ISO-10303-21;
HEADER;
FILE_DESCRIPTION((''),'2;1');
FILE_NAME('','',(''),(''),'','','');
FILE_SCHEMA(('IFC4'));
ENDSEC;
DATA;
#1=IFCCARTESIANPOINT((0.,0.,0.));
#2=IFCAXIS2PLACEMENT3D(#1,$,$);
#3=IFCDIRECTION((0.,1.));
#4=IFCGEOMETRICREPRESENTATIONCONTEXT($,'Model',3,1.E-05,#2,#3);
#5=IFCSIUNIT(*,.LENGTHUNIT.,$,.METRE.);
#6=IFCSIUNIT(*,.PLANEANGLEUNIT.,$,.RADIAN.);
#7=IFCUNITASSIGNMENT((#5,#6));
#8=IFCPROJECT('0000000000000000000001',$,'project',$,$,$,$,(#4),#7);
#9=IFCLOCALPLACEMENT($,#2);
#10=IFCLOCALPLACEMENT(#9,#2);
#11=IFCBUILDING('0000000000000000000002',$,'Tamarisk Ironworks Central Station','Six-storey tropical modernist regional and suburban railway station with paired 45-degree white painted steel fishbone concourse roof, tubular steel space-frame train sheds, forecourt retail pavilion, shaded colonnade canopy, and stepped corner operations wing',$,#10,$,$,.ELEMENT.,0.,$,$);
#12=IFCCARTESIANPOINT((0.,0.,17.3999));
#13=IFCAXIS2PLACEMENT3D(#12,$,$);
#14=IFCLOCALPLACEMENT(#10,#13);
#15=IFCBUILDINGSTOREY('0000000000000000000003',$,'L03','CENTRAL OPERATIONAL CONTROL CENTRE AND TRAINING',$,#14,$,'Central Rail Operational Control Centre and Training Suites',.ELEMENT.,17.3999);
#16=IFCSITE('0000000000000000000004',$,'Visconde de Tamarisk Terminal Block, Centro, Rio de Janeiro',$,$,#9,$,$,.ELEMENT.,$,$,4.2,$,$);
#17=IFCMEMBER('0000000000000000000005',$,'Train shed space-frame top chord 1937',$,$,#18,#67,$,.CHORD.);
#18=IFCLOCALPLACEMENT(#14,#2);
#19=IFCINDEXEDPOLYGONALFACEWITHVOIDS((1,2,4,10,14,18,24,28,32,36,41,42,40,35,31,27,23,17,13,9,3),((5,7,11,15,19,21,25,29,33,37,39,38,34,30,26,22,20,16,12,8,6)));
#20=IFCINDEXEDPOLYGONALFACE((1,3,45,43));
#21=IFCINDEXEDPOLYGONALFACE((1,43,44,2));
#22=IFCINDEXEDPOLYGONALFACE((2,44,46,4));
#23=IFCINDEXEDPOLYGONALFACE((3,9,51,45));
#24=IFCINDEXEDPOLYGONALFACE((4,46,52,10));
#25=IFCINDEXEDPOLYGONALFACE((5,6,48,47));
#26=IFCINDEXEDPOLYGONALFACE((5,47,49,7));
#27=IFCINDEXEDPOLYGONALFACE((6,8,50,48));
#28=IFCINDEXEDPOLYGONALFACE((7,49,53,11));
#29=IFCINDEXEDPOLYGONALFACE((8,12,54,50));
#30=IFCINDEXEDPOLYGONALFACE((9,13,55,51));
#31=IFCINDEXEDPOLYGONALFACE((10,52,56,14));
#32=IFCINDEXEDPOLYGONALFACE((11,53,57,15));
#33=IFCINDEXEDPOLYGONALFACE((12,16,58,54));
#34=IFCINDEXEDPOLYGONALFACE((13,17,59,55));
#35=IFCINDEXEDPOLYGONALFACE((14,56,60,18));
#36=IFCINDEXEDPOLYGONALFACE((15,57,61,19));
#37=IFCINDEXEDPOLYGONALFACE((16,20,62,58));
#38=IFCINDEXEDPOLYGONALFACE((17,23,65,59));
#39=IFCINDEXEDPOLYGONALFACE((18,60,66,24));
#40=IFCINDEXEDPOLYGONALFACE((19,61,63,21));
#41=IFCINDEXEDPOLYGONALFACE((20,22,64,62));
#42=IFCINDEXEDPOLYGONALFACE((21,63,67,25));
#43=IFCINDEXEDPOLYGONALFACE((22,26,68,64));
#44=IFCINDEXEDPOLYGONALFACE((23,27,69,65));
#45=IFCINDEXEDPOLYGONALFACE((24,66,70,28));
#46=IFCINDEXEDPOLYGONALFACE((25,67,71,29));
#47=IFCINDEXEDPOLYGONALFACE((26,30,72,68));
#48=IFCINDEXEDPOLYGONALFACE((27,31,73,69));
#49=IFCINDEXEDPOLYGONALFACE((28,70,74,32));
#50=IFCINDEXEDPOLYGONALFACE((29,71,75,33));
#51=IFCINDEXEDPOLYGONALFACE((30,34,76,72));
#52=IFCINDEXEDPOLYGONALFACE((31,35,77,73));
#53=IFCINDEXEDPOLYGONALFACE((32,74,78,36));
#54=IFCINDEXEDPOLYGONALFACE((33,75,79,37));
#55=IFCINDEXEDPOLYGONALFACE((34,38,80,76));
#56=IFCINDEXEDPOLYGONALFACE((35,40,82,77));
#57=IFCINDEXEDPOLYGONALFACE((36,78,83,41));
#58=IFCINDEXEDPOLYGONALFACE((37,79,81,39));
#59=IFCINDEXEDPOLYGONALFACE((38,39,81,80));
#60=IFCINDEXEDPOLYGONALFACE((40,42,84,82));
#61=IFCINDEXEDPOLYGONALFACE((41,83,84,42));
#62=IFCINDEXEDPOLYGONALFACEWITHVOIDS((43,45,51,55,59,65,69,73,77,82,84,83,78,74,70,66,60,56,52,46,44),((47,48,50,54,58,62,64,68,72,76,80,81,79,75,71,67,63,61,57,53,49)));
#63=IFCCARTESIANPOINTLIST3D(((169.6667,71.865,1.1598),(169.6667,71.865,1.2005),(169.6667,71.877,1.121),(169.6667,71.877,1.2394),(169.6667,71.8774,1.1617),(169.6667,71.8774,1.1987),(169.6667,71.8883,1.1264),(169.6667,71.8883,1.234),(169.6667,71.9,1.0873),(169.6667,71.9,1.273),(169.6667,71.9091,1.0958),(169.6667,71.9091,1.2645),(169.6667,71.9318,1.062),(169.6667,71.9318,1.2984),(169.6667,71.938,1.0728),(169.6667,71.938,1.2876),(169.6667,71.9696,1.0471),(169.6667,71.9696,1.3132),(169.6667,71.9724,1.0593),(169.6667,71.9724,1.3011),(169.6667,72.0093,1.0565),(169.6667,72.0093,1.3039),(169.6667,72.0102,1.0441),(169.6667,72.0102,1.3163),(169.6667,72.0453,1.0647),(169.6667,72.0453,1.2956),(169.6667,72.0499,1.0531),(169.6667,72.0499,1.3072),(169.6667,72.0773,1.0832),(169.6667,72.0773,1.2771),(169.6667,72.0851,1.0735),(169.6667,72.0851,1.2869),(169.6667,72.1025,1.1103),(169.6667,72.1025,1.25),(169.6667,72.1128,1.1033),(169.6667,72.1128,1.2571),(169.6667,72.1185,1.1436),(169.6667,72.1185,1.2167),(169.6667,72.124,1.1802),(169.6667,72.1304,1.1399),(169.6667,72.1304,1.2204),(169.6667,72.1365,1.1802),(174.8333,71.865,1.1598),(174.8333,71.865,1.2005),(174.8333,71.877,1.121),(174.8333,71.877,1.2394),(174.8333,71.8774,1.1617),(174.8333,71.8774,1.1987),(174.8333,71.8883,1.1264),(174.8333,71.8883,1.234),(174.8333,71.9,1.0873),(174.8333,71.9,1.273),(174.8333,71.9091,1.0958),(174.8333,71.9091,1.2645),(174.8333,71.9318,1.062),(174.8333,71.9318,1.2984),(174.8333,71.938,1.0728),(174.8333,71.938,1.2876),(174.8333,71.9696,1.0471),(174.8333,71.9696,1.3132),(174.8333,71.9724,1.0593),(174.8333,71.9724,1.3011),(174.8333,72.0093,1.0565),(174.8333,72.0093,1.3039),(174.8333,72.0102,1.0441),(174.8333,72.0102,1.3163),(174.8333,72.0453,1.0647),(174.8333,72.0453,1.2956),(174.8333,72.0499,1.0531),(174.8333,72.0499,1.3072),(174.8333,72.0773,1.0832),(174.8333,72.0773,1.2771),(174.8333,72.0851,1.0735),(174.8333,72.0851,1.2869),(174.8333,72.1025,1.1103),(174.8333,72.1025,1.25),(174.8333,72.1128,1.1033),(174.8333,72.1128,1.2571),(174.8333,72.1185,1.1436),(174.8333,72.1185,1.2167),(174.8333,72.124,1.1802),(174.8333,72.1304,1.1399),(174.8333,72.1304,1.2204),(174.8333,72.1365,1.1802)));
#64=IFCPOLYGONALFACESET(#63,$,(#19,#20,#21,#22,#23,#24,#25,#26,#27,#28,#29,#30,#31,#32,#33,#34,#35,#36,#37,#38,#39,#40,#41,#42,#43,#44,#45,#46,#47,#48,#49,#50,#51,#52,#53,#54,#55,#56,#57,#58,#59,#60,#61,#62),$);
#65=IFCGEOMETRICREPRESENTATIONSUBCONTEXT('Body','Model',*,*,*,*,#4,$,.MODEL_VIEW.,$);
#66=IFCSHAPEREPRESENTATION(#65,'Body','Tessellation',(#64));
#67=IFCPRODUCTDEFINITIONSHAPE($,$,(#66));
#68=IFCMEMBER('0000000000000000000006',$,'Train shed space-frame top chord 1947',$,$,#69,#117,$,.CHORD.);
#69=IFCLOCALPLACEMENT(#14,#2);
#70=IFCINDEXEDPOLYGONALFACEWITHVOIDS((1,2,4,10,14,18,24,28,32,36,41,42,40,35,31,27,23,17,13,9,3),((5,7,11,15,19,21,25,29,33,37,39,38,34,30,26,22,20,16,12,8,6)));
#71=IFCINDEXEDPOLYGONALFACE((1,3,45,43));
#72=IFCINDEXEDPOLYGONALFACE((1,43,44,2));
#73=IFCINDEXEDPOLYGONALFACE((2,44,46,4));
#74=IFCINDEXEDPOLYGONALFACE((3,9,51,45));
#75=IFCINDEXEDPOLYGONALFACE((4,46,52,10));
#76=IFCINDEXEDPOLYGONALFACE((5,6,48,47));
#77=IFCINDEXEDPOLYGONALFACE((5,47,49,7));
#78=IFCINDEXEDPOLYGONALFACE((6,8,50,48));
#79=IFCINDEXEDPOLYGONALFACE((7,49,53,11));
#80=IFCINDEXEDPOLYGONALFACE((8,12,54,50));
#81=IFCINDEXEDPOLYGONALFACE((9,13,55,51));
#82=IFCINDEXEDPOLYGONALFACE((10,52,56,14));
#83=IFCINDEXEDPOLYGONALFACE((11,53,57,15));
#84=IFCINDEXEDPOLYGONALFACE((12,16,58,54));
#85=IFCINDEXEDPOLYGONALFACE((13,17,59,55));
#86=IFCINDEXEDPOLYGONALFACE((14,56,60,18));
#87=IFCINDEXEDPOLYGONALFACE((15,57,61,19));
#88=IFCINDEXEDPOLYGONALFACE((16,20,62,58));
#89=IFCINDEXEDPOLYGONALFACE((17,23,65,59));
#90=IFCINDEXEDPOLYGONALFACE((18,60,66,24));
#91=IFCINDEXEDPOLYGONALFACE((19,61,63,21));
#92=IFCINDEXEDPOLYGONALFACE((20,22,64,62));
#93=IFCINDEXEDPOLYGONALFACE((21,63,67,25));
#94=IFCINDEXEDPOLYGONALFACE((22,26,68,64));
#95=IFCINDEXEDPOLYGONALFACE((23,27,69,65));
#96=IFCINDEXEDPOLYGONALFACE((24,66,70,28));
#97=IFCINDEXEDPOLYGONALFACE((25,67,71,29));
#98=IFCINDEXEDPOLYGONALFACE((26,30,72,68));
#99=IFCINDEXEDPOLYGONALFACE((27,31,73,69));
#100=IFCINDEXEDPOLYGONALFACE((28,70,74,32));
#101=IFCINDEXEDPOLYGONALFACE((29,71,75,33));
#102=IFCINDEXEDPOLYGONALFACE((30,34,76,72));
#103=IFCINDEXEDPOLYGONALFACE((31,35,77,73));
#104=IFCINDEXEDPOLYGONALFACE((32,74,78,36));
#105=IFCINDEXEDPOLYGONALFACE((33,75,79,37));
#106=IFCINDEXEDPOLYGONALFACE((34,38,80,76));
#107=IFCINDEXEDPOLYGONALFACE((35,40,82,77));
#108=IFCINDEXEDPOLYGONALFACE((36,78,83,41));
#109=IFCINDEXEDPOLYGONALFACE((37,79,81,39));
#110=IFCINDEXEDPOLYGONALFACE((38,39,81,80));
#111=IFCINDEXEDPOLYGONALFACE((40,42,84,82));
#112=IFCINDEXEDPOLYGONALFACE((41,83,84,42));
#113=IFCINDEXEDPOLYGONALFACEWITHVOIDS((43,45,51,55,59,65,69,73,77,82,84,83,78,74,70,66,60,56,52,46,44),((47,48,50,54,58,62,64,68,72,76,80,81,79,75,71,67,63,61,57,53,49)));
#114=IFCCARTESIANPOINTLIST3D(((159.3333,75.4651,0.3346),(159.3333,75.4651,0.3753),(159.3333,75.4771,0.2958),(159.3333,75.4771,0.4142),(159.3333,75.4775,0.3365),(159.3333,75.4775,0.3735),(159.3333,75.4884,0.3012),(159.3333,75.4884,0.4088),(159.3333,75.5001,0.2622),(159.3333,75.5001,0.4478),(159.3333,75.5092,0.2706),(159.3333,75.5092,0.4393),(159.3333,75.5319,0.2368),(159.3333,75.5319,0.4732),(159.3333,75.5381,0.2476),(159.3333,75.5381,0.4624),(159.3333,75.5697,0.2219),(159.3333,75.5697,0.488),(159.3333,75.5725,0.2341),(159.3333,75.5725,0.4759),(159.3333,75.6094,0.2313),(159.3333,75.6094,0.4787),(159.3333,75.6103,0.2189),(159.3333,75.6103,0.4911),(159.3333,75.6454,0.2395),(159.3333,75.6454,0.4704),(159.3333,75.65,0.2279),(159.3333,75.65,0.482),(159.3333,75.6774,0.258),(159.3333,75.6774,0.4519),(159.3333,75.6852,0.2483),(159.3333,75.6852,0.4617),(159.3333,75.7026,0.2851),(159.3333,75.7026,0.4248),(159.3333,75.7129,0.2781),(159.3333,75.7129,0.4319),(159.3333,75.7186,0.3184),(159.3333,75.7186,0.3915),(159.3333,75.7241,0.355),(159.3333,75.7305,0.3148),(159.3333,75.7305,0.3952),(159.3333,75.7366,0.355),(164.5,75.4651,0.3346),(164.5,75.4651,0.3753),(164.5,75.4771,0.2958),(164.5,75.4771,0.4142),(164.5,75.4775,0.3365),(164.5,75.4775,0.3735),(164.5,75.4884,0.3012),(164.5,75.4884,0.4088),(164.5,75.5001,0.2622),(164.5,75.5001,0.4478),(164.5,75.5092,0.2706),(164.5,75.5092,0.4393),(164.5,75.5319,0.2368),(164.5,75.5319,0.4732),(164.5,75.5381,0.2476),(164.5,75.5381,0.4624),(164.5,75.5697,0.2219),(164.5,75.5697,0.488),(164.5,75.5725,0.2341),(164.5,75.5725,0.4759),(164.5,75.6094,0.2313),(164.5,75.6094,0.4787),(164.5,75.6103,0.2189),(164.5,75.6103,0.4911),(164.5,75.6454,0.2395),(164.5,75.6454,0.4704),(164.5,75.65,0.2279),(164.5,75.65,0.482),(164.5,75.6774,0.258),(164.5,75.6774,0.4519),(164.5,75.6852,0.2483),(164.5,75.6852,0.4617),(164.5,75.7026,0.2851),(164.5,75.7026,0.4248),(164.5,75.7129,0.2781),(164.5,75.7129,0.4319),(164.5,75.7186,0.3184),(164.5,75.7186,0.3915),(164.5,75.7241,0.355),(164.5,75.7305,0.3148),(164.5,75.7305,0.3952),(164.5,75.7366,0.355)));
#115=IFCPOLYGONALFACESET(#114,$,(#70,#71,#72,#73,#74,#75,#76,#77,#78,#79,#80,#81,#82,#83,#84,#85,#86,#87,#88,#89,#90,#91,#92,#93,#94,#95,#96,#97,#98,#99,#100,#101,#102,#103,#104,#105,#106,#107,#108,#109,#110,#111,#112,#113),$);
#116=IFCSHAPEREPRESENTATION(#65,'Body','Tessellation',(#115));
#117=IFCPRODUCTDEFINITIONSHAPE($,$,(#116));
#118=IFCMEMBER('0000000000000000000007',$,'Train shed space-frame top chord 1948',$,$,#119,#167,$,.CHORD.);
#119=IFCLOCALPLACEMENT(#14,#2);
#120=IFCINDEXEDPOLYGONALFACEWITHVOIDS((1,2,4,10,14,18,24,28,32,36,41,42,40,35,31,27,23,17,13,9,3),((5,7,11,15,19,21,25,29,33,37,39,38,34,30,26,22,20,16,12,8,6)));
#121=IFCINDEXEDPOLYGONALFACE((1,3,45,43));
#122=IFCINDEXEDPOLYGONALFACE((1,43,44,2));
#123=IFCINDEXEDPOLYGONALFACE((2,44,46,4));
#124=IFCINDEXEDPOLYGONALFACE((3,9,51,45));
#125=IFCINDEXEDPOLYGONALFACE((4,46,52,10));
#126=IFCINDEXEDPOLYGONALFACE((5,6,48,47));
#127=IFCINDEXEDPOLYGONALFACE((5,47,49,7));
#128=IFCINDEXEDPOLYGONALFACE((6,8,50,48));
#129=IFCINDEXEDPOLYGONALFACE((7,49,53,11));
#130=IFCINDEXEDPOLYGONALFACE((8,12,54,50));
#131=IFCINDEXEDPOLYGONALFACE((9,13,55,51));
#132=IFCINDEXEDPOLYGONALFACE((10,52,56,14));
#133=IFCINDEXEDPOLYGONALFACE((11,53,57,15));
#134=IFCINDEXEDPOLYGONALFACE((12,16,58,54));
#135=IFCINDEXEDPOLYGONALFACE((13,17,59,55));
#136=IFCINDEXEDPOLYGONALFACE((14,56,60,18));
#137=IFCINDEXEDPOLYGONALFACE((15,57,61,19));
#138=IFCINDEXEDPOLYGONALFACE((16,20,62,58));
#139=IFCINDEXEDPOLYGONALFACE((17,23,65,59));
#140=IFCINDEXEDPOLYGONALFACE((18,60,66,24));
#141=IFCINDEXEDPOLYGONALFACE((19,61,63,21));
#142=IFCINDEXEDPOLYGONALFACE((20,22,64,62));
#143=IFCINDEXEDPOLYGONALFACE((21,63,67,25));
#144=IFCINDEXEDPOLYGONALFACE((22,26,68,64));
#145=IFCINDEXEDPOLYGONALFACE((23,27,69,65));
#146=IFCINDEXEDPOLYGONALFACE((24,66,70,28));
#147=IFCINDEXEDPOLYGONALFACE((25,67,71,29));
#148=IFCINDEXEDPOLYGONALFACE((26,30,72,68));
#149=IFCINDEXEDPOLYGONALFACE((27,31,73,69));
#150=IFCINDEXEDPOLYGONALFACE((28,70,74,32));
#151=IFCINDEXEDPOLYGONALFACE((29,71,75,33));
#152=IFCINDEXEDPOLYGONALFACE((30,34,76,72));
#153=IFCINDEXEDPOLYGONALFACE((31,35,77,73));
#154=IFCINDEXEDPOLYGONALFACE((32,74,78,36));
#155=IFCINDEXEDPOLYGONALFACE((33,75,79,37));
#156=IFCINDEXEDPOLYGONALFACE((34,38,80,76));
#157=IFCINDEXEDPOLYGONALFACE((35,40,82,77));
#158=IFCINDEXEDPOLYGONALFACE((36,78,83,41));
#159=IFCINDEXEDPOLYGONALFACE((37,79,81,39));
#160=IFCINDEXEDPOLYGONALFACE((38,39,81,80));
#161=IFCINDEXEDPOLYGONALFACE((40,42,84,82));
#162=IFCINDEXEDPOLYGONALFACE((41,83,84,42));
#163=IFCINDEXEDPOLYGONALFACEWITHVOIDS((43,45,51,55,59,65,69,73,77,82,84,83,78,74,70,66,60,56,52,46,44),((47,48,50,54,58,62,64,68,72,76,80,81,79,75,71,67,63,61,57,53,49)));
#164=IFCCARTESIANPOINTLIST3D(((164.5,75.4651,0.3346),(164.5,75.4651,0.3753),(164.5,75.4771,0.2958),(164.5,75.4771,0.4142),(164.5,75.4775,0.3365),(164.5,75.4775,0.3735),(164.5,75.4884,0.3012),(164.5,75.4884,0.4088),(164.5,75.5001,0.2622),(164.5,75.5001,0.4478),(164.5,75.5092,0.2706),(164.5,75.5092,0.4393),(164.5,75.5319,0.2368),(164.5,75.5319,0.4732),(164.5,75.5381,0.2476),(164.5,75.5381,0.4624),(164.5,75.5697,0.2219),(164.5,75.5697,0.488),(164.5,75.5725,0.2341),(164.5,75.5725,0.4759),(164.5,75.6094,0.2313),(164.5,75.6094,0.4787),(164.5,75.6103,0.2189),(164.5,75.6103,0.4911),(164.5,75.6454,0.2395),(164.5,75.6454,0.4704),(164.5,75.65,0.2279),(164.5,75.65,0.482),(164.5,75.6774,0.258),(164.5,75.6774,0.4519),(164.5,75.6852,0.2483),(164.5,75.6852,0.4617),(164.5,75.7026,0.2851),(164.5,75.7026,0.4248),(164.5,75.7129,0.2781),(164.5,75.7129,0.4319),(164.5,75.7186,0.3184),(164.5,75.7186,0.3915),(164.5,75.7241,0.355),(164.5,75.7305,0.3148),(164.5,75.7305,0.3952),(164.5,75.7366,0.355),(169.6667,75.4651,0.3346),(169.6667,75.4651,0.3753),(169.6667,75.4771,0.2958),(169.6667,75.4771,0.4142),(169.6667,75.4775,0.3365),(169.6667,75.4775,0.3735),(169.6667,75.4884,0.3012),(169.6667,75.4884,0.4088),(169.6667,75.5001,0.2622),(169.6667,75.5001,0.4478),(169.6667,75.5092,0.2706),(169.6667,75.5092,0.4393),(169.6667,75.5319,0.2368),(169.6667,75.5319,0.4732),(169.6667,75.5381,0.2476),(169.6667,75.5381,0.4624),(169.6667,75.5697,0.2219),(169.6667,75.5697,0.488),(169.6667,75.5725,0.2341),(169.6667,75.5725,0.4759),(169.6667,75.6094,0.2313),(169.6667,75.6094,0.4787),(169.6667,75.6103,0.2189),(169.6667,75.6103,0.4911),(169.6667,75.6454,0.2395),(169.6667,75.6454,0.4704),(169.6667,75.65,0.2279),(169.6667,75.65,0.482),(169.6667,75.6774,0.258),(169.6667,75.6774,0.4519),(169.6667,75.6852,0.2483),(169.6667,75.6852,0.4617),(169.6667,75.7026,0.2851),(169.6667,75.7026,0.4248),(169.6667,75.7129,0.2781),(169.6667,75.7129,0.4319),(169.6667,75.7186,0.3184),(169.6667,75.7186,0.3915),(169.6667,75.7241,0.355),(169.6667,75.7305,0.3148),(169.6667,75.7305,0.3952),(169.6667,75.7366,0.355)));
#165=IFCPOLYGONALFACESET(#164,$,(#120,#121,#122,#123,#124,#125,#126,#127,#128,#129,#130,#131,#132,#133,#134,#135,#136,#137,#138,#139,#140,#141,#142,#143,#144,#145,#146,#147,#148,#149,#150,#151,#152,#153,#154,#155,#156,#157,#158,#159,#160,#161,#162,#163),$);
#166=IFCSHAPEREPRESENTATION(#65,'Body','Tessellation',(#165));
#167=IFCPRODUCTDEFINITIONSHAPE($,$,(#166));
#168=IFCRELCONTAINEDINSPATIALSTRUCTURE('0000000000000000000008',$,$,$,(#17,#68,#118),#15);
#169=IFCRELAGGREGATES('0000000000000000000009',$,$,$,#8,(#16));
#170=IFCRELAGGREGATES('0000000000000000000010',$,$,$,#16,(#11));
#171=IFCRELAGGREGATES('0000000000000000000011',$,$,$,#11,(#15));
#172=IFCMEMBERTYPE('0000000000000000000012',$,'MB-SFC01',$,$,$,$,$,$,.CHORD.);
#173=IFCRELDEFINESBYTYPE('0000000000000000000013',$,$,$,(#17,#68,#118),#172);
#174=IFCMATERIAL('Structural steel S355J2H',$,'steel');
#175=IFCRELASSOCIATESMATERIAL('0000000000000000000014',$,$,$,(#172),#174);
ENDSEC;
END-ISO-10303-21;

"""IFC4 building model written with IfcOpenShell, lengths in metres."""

from ifc_helpers import new_model, si_unit, direction, frame, origin, origin_2d, place, context, subcontext, project, spatial, hollow_circle, extrude, material, material_profile, profile_set, type_object, element, save


model = new_model("IFC4")

# Units and contexts
model_context = context("Model", 3, precision=1e-05, world=origin(), true_north=direction((0.0, 1.0)))
body_context = subcontext(model_context, "Body", "Model", "MODEL_VIEW")
ifc_project = project(units=[si_unit("LENGTHUNIT", "METRE"), si_unit("PLANEANGLEUNIT", "RADIAN")], contexts=[model_context])

# Site, building, storey
site_placement = place(None, origin())
site = spatial("IfcSite", under=ifc_project, at=site_placement, Name="Visconde de Tamarisk Terminal Block, Centro, Rio de Janeiro", CompositionType="ELEMENT", RefElevation=4.2)
building_placement = place(site_placement, origin())
building = spatial("IfcBuilding", under=site, at=building_placement, Name="Tamarisk Ironworks Central Station", Description="Six-storey tropical modernist regional and suburban railway station with paired 45-degree white painted steel fishbone concourse roof, tubular steel space-frame train sheds, forecourt retail pavilion, shaded colonnade canopy, and stepped corner operations wing", CompositionType="ELEMENT", ElevationOfRefHeight=0.0)
storey_placement = place(building_placement, frame((0.0, 0.0, 17.3999)))
storey = spatial("IfcBuildingStorey", under=building, at=storey_placement, Name="L03", Description="CENTRAL OPERATIONAL CONTROL CENTRE AND TRAINING", LongName="Central Rail Operational Control Centre and Training Suites", CompositionType="ELEMENT", Elevation=17.3999)

# Members
ifc_material = material(Name="Structural steel S355J2H", Category="steel")
ifc_material_profile_1 = material_profile(ifc_material, hollow_circle(Radius=0.1365, WallThickness=0.0125, at=origin_2d()), Name="CHS 273x12.5")
ifc_profile_set_1 = profile_set([ifc_material_profile_1], Name="Structural steel S355J2H")
member_type_1 = type_object("IfcMemberType", Name="MB-SFC01", PredefinedType="CHORD", material=ifc_profile_set_1)
member_1_placement = place(storey_placement, frame((169.6667, 72.0, 1.1802), z_axis=(1.0, 0.0, 0.0), x_axis=(0.0, 1.0, 0.0)))
element("IfcMember", 1, at=member_1_placement, inside=storey, type_object=member_type_1, Name="Train shed space-frame top chord 1937", PredefinedType="CHORD", context=body_context, shape_type="SweptSolid", body=[
    extrude(hollow_circle(Radius=0.1365, WallThickness=0.0125, at=origin_2d()), origin(), (0.0, 0.0, 1.0), 5.1665),
])
for number, where, z_axis, x_axis, name in (
    (2, (159.3333, 75.6001, 0.355), (1.0, 0.0, 0.0), (0.0, 1.0, 0.0), "Train shed space-frame top chord 1947"),
    (3, (164.5, 75.6001, 0.355), (1.0, 0.0, 0.0), (0.0, 1.0, 0.0), "Train shed space-frame top chord 1948"),
):
    element("IfcMember", number, at=place(storey_placement, frame(where, z_axis=z_axis, x_axis=x_axis)), inside=storey, type_object=member_type_1, Name=name, PredefinedType="CHORD", context=body_context, shape_type="SweptSolid", body=[
        extrude(hollow_circle(Radius=0.1365, WallThickness=0.0125, at=origin_2d()), origin(), (0.0, 0.0, 1.0), 5.1667),
    ])

save(model, "model.ifc")
